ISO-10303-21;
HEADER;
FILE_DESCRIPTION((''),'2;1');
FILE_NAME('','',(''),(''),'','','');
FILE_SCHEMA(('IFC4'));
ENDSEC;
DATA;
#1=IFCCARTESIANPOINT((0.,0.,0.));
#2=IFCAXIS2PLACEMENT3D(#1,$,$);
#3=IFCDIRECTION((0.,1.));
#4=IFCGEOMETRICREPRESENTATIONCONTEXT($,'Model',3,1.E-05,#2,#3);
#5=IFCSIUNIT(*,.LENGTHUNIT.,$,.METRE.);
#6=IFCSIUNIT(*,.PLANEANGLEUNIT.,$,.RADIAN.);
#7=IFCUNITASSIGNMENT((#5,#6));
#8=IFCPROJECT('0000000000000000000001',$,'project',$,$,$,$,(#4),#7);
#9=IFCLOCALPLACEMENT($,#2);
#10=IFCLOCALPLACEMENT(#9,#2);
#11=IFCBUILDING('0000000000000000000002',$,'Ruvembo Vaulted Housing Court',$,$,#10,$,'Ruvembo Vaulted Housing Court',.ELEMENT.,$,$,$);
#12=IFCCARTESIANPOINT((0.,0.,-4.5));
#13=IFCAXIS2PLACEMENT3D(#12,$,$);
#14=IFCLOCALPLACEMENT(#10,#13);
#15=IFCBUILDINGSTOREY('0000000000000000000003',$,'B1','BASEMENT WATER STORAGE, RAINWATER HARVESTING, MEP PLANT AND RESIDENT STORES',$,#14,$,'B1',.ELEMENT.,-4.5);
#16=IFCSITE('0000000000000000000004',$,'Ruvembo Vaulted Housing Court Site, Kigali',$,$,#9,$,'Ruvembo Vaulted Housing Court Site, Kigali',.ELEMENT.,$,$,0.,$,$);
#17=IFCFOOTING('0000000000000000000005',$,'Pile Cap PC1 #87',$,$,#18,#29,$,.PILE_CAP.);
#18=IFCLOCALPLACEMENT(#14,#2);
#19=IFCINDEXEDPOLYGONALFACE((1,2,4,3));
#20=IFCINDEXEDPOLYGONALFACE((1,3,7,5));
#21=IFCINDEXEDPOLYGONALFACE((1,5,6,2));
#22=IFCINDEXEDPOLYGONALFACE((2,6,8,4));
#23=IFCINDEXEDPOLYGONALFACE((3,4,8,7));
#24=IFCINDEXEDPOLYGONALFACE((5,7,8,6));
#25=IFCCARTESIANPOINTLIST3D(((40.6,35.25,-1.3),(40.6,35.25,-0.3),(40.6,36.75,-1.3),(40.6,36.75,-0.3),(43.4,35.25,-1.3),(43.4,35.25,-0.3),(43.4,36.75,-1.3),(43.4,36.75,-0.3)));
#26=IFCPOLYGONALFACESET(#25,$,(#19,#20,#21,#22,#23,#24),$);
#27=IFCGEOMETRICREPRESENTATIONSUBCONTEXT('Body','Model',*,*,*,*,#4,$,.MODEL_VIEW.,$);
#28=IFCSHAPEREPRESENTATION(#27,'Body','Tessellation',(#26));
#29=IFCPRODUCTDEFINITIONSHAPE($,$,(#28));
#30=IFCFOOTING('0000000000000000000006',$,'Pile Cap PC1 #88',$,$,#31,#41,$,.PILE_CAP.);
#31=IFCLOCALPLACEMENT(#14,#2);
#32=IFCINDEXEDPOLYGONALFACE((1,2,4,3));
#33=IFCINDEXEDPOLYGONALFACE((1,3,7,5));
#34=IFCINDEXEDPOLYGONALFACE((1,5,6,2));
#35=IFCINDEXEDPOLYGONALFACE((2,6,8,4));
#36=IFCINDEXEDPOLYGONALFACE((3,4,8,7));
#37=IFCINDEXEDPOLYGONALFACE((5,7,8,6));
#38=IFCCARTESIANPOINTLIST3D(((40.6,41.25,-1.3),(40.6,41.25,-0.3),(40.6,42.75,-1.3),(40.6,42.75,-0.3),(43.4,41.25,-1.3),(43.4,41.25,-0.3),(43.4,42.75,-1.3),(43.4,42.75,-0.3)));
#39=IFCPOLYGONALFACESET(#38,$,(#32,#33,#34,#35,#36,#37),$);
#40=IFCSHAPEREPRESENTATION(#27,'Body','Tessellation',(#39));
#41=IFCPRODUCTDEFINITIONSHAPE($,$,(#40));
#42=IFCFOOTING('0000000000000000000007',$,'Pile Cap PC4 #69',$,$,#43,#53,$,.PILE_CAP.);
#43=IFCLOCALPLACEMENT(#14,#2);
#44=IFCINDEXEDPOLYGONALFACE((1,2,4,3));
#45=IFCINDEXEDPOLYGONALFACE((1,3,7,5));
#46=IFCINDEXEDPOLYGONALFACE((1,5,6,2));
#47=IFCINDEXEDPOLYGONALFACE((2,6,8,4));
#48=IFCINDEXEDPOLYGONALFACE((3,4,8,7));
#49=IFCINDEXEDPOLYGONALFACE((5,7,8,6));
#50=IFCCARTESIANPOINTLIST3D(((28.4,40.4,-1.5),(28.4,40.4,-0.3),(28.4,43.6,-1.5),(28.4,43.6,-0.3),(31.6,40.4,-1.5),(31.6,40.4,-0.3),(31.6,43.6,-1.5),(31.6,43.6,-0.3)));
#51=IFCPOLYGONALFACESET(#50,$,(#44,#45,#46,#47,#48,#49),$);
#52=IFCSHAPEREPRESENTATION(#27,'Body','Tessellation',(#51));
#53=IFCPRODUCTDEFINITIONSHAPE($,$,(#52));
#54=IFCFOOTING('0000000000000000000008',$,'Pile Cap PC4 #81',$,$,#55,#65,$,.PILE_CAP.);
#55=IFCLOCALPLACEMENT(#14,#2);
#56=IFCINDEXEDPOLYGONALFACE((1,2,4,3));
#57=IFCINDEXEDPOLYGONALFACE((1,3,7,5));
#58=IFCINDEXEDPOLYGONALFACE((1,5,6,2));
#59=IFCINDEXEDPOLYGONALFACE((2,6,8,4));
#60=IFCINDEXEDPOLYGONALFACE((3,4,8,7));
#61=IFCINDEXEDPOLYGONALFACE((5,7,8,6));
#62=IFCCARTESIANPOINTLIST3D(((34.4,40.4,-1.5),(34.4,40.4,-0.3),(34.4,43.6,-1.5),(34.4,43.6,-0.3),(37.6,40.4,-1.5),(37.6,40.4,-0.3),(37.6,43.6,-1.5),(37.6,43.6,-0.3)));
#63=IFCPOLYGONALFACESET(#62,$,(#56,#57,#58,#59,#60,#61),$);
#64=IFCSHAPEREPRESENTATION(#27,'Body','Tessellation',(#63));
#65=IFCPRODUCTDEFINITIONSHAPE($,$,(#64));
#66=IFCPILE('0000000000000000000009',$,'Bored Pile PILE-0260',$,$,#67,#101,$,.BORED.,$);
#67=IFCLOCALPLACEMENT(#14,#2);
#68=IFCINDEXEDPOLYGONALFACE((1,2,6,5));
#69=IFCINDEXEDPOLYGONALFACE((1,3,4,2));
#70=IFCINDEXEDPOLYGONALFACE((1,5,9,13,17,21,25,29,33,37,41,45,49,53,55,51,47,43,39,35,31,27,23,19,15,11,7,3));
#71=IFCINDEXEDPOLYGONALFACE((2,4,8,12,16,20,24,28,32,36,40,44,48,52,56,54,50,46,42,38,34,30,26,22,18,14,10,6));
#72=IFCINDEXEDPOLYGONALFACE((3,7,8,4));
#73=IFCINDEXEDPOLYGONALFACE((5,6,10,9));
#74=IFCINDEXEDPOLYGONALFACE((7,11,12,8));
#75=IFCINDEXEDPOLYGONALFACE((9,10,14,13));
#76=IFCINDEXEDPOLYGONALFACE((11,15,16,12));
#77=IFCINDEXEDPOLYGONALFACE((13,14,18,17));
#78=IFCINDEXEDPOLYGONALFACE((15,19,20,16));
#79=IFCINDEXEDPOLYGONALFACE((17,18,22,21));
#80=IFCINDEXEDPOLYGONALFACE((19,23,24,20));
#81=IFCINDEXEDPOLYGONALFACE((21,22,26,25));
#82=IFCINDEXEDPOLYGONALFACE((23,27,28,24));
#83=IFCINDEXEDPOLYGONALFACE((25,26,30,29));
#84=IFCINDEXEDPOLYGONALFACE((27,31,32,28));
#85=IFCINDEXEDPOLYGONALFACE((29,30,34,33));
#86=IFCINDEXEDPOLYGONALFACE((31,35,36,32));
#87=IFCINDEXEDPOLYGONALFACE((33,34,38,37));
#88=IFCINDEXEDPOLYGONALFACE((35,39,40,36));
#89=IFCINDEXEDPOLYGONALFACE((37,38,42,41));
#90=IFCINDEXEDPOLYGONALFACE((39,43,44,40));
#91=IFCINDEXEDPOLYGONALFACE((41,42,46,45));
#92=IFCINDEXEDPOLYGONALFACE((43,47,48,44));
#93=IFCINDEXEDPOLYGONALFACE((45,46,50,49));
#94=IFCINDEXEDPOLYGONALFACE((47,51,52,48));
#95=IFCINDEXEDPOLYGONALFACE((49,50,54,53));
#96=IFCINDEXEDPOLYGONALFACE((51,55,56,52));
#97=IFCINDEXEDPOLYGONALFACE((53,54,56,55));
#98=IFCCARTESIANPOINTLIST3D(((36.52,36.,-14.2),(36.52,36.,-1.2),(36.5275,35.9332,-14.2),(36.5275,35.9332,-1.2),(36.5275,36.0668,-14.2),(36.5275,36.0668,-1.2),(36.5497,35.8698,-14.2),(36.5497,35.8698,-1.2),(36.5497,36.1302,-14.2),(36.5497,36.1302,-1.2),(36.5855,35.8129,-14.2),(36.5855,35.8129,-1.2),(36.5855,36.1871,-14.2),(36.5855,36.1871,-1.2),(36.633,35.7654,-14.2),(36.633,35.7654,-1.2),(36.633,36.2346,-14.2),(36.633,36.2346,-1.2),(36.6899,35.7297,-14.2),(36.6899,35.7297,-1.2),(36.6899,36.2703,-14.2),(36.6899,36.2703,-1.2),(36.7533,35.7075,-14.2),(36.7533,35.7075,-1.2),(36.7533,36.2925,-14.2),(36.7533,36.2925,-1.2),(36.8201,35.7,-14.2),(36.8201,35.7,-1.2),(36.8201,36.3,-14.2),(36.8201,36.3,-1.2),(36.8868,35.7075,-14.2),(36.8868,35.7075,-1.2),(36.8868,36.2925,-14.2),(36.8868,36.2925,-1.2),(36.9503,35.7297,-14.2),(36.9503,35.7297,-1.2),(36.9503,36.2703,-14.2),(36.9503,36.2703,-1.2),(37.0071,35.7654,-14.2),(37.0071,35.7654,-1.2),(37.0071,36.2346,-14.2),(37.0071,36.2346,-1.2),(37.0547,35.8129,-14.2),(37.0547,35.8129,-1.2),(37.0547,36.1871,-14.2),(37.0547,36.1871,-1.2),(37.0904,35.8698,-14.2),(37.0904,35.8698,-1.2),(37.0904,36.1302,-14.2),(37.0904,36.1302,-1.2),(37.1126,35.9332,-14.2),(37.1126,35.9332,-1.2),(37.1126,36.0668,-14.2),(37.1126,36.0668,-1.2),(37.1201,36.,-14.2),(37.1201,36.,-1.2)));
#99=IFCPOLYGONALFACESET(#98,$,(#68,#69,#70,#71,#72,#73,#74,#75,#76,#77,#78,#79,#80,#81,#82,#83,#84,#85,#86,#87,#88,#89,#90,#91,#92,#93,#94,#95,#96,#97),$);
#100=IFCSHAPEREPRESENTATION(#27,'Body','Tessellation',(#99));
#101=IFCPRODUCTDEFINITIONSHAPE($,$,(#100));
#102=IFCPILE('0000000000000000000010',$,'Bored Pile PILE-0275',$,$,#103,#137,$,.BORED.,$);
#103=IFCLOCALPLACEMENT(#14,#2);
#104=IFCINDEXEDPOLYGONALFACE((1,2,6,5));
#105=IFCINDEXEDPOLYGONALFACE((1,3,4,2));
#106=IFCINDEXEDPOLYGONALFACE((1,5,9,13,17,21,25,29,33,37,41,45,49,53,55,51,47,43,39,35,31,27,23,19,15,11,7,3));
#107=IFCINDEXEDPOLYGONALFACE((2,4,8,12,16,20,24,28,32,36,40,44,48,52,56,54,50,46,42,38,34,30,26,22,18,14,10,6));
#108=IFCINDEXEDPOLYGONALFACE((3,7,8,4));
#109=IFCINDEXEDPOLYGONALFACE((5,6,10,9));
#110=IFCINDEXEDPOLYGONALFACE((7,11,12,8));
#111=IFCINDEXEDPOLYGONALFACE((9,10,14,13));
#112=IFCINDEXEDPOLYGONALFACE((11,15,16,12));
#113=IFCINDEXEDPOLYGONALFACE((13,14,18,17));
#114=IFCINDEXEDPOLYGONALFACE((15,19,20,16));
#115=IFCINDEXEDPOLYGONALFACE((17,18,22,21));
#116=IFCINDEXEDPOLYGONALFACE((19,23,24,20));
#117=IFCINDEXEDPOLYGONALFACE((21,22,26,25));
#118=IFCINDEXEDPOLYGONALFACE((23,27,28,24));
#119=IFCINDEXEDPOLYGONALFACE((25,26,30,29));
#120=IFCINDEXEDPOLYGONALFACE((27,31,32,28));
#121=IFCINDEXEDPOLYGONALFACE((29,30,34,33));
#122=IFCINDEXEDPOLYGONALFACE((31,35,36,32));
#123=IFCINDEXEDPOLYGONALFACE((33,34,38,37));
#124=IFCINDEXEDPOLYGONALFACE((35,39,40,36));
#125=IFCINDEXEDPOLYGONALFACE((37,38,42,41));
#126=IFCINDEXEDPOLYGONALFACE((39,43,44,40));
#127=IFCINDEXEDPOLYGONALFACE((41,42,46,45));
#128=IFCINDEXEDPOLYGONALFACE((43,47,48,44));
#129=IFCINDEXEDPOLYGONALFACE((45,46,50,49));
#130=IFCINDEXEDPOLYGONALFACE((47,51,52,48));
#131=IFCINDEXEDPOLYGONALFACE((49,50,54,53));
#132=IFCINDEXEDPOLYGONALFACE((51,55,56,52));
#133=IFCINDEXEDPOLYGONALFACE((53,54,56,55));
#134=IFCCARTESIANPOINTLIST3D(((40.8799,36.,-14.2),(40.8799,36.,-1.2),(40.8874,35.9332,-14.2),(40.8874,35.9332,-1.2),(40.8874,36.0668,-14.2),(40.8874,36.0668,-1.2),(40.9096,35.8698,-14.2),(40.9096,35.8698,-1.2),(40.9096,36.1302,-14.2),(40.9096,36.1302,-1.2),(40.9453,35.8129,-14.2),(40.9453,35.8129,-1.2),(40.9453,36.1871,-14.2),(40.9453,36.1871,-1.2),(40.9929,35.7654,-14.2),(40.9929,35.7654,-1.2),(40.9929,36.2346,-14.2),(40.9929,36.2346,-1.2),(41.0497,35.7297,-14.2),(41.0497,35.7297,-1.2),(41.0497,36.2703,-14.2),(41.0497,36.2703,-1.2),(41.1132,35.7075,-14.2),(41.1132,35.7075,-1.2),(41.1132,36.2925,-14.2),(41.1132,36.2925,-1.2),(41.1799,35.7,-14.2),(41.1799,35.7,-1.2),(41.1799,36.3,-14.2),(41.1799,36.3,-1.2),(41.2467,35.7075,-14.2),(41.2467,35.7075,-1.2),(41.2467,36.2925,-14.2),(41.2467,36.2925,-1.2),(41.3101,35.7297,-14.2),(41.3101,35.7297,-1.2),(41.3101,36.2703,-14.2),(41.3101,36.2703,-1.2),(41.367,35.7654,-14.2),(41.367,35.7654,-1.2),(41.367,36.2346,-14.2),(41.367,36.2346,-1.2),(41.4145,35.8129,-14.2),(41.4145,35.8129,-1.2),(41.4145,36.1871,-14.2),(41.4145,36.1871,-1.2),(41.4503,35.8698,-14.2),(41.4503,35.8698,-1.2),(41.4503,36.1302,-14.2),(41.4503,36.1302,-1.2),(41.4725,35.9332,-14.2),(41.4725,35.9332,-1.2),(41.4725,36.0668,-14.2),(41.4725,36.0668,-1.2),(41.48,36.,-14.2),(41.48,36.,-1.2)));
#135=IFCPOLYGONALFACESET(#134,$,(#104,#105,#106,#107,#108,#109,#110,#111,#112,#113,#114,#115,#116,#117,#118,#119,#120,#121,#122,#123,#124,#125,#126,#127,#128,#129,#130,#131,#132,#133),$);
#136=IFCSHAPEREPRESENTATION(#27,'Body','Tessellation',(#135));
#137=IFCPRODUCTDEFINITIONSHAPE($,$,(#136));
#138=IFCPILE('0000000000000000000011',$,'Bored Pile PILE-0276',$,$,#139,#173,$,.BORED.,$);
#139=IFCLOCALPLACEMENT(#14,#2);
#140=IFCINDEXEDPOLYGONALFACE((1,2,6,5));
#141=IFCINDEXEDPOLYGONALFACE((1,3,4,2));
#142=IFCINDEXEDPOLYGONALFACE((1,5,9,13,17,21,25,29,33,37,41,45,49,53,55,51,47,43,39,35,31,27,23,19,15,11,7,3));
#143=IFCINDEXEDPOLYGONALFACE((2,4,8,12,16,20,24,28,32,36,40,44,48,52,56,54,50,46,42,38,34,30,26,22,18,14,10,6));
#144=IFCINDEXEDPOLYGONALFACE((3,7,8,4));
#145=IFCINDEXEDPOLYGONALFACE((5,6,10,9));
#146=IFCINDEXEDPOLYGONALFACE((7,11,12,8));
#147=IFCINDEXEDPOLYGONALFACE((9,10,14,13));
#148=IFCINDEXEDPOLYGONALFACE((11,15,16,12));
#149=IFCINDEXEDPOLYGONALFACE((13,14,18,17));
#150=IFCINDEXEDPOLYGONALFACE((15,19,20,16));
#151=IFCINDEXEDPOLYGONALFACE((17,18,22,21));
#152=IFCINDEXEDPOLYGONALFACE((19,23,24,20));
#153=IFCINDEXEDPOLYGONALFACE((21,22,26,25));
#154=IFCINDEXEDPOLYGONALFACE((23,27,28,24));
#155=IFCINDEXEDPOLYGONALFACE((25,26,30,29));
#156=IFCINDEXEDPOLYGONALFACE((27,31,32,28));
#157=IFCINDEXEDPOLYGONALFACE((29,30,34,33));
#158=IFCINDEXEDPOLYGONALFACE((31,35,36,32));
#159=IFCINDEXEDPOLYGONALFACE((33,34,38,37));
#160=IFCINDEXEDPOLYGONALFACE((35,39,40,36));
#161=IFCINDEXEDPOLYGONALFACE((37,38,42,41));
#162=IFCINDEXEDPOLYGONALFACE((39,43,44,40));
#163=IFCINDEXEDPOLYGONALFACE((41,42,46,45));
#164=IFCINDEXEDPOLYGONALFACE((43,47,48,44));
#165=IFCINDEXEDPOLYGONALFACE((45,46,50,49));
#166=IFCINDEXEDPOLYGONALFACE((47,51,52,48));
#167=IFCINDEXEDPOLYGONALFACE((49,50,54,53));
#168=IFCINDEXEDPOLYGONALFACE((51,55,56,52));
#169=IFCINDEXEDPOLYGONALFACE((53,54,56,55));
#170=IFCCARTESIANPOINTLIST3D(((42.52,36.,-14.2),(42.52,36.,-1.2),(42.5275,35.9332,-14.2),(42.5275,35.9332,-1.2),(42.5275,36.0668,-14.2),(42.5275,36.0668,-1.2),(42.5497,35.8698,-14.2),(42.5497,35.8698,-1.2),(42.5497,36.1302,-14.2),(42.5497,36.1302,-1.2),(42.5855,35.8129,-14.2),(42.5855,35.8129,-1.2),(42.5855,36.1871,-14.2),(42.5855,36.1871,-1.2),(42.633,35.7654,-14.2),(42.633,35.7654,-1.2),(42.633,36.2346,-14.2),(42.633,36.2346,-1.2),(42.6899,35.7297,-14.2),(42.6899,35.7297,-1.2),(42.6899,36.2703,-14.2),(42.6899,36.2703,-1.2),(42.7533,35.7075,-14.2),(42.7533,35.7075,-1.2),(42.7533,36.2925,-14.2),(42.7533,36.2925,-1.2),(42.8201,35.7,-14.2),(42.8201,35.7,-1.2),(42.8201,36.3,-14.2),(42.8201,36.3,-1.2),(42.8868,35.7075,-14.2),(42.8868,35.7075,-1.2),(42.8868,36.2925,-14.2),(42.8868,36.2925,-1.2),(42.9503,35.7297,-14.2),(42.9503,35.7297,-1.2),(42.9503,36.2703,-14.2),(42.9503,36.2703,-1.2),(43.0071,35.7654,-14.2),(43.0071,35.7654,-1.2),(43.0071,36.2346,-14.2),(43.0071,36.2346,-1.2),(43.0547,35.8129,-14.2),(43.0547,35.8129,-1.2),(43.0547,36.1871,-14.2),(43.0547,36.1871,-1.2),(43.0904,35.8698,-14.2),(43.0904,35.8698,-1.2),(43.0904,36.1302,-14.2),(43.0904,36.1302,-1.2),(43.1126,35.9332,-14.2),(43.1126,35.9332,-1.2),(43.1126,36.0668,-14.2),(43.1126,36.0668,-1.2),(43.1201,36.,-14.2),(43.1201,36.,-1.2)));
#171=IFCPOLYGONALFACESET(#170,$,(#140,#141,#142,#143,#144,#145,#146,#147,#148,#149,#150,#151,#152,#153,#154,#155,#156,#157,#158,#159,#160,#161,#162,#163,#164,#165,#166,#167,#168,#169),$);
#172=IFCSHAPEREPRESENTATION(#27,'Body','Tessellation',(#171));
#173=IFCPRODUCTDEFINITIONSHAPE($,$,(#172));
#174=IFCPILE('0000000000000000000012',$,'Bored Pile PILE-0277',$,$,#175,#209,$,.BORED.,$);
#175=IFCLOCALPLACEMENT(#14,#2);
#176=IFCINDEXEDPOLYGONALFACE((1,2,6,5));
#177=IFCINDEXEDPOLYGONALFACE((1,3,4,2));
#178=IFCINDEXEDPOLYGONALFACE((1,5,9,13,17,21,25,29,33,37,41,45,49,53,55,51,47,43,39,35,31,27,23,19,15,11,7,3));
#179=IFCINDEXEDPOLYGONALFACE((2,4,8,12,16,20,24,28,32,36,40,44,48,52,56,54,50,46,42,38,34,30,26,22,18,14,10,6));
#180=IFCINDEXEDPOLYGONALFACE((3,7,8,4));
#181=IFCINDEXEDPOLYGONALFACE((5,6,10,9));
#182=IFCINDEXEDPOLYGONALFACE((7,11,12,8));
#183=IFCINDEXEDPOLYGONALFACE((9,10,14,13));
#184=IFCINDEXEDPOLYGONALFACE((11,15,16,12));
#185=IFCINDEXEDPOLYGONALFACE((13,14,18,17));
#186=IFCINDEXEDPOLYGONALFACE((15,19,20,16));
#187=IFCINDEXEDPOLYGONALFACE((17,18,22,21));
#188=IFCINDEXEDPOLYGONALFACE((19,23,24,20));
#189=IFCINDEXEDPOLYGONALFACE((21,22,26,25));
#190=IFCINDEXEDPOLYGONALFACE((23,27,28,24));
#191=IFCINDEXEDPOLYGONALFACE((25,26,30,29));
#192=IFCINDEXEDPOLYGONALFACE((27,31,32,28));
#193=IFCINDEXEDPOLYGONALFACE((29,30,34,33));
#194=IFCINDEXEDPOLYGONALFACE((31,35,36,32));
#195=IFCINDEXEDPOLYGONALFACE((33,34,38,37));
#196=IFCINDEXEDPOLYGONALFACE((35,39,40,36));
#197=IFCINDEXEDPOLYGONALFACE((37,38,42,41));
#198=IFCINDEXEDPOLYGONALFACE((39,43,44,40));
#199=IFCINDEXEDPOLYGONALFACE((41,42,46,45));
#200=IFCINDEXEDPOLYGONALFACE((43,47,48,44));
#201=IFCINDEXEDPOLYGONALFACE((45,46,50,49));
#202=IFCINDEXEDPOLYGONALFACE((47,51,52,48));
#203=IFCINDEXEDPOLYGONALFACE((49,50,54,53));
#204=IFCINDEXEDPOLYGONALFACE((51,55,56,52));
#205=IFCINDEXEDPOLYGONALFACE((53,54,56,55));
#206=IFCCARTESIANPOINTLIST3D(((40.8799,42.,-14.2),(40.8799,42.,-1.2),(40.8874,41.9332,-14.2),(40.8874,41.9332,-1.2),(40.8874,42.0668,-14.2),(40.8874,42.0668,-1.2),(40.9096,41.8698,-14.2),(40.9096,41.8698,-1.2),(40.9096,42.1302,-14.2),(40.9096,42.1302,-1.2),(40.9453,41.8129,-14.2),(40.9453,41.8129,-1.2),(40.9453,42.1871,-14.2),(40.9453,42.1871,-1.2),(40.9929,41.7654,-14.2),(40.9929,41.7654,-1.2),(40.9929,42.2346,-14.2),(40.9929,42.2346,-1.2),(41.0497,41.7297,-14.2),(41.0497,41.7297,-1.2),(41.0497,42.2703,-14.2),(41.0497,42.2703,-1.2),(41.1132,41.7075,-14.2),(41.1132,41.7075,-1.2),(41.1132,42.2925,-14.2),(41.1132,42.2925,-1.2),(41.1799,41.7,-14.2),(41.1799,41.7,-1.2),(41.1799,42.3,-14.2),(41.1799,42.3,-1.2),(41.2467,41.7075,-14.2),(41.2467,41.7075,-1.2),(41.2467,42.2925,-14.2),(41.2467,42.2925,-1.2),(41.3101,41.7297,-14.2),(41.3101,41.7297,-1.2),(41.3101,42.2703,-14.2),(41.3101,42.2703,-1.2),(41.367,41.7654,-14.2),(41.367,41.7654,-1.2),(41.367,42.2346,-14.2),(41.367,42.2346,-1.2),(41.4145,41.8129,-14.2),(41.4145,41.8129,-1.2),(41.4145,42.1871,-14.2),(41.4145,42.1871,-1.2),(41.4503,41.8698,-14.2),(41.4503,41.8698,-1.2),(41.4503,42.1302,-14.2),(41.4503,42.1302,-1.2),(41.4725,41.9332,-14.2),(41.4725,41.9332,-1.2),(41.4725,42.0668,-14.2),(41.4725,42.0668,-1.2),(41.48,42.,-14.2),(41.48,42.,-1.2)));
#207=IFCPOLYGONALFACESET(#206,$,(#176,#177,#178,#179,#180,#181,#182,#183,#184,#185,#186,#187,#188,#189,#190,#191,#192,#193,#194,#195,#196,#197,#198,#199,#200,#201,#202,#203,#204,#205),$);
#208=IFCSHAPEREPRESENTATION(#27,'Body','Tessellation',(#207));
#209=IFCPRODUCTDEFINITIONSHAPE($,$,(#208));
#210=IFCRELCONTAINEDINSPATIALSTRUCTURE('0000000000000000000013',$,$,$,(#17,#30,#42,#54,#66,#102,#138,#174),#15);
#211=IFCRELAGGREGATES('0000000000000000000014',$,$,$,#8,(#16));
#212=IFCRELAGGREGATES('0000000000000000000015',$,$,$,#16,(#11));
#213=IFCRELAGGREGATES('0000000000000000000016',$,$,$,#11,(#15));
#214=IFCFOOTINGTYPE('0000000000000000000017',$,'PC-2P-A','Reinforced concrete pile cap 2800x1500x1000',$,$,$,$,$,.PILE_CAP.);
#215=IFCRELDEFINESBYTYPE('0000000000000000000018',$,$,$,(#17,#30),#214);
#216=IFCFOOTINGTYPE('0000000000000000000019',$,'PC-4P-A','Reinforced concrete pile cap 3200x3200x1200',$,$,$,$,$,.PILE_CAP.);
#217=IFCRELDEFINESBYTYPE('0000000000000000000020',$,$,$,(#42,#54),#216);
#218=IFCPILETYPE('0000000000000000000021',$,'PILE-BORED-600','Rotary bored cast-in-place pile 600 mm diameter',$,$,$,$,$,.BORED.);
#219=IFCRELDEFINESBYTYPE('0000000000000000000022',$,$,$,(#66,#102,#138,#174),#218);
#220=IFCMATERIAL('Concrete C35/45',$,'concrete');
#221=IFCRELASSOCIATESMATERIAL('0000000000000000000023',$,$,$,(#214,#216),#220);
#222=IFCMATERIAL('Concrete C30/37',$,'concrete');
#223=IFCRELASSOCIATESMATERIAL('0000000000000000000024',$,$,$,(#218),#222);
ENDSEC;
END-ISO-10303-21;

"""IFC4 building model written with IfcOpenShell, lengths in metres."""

from ifc_helpers import new_model, si_unit, direction, frame, origin, origin_2d, place, context, subcontext, project, spatial, rectangle, circle, extrude, material, material_profile, profile_set, type_object, element, save


model = new_model("IFC4")

# Units and contexts
model_context = context("Model", 3, precision=1e-05, world=origin(), true_north=direction((0.0, 1.0)))
body_context = subcontext(model_context, "Body", "Model", "MODEL_VIEW")
ifc_project = project(units=[si_unit("LENGTHUNIT", "METRE"), si_unit("PLANEANGLEUNIT", "RADIAN")], contexts=[model_context])

# Site, building, storey
site_placement = place(None, origin())
site = spatial("IfcSite", under=ifc_project, at=site_placement, Name="Ruvembo Vaulted Housing Court Site, Kigali", LongName="Ruvembo Vaulted Housing Court Site, Kigali", CompositionType="ELEMENT", RefElevation=0.0)
building_placement = place(site_placement, origin())
building = spatial("IfcBuilding", under=site, at=building_placement, Name="Ruvembo Vaulted Housing Court", LongName="Ruvembo Vaulted Housing Court", CompositionType="ELEMENT")
storey_placement = place(building_placement, frame((0.0, 0.0, -4.5)))
storey = spatial("IfcBuildingStorey", under=building, at=storey_placement, Name="B1", Description="BASEMENT WATER STORAGE, RAINWATER HARVESTING, MEP PLANT AND RESIDENT STORES", LongName="B1", CompositionType="ELEMENT", Elevation=-4.5)

# Footings
ifc_material_1 = material(Name="Concrete C35/45", Category="concrete")
footing_type_1 = type_object("IfcFootingType", Name="PC-2P-A", Description="Reinforced concrete pile cap 2800x1500x1000", PredefinedType="PILE_CAP", material=ifc_material_1)
for number, where, z_axis, x_axis, name in (
    (1, (42.0, 36.0, -1.3), (0.0, 0.0, 1.0), (1.0, 0.0, 0.0), "Pile Cap PC1 #87"),
    (2, (42.0, 42.0, -1.3), (0.0, 0.0, 1.0), (1.0, 0.0, 0.0), "Pile Cap PC1 #88"),
):
    element("IfcFooting", number, at=place(storey_placement, frame(where, z_axis=z_axis, x_axis=x_axis)), inside=storey, type_object=footing_type_1, Name=name, PredefinedType="PILE_CAP", context=body_context, shape_type="SweptSolid", body=[
        extrude(rectangle(XDim=2.8, YDim=1.5, at=origin_2d()), origin(), (0.0, 0.0, 1.0), 1.0),
    ])
footing_type_2 = type_object("IfcFootingType", Name="PC-4P-A", Description="Reinforced concrete pile cap 3200x3200x1200", PredefinedType="PILE_CAP", material=ifc_material_1)
for number, where, z_axis, x_axis, name in (
    (3, (30.0, 42.0, -1.5), (0.0, 0.0, 1.0), (1.0, 0.0, 0.0), "Pile Cap PC4 #69"),
    (4, (36.0, 42.0, -1.5), (0.0, 0.0, 1.0), (1.0, 0.0, 0.0), "Pile Cap PC4 #81"),
):
    element("IfcFooting", number, at=place(storey_placement, frame(where, z_axis=z_axis, x_axis=x_axis)), inside=storey, type_object=footing_type_2, Name=name, PredefinedType="PILE_CAP", context=body_context, shape_type="SweptSolid", body=[
        extrude(rectangle(XDim=3.2, YDim=3.2, at=origin_2d()), origin(), (0.0, 0.0, 1.0), 1.2),
    ])

# Piles
ifc_material_2 = material(Name="Concrete C30/37", Category="concrete")
ifc_material_profile_1 = material_profile(ifc_material_2, circle(Radius=0.3, at=origin_2d()), Name="PILE D600")
ifc_profile_set_1 = profile_set([ifc_material_profile_1], Name="Concrete C30/37")
pile_type_1 = type_object("IfcPileType", Name="PILE-BORED-600", Description="Rotary bored cast-in-place pile 600 mm diameter", PredefinedType="BORED", material=ifc_profile_set_1)
for number, where, z_axis, x_axis, name in (
    (5, (36.8201, 36.0, -1.2), (0.0, 0.0, -1.0), (1.0, 0.0, 0.0), "Bored Pile PILE-0260"),
    (6, (41.1799, 36.0, -1.2), (0.0, 0.0, -1.0), (1.0, 0.0, 0.0), "Bored Pile PILE-0275"),
    (7, (42.8201, 36.0, -1.2), (0.0, 0.0, -1.0), (1.0, 0.0, 0.0), "Bored Pile PILE-0276"),
    (8, (41.1799, 42.0, -1.2), (0.0, 0.0, -1.0), (1.0, 0.0, 0.0), "Bored Pile PILE-0277"),
):
    element("IfcPile", number, at=place(storey_placement, frame(where, z_axis=z_axis, x_axis=x_axis)), inside=storey, type_object=pile_type_1, Name=name, PredefinedType="BORED", context=body_context, shape_type="SweptSolid", body=[
        extrude(circle(Radius=0.3, at=origin_2d()), origin(), (0.0, 0.0, 1.0), 13.0),
    ])

save(model, "model.ifc")
